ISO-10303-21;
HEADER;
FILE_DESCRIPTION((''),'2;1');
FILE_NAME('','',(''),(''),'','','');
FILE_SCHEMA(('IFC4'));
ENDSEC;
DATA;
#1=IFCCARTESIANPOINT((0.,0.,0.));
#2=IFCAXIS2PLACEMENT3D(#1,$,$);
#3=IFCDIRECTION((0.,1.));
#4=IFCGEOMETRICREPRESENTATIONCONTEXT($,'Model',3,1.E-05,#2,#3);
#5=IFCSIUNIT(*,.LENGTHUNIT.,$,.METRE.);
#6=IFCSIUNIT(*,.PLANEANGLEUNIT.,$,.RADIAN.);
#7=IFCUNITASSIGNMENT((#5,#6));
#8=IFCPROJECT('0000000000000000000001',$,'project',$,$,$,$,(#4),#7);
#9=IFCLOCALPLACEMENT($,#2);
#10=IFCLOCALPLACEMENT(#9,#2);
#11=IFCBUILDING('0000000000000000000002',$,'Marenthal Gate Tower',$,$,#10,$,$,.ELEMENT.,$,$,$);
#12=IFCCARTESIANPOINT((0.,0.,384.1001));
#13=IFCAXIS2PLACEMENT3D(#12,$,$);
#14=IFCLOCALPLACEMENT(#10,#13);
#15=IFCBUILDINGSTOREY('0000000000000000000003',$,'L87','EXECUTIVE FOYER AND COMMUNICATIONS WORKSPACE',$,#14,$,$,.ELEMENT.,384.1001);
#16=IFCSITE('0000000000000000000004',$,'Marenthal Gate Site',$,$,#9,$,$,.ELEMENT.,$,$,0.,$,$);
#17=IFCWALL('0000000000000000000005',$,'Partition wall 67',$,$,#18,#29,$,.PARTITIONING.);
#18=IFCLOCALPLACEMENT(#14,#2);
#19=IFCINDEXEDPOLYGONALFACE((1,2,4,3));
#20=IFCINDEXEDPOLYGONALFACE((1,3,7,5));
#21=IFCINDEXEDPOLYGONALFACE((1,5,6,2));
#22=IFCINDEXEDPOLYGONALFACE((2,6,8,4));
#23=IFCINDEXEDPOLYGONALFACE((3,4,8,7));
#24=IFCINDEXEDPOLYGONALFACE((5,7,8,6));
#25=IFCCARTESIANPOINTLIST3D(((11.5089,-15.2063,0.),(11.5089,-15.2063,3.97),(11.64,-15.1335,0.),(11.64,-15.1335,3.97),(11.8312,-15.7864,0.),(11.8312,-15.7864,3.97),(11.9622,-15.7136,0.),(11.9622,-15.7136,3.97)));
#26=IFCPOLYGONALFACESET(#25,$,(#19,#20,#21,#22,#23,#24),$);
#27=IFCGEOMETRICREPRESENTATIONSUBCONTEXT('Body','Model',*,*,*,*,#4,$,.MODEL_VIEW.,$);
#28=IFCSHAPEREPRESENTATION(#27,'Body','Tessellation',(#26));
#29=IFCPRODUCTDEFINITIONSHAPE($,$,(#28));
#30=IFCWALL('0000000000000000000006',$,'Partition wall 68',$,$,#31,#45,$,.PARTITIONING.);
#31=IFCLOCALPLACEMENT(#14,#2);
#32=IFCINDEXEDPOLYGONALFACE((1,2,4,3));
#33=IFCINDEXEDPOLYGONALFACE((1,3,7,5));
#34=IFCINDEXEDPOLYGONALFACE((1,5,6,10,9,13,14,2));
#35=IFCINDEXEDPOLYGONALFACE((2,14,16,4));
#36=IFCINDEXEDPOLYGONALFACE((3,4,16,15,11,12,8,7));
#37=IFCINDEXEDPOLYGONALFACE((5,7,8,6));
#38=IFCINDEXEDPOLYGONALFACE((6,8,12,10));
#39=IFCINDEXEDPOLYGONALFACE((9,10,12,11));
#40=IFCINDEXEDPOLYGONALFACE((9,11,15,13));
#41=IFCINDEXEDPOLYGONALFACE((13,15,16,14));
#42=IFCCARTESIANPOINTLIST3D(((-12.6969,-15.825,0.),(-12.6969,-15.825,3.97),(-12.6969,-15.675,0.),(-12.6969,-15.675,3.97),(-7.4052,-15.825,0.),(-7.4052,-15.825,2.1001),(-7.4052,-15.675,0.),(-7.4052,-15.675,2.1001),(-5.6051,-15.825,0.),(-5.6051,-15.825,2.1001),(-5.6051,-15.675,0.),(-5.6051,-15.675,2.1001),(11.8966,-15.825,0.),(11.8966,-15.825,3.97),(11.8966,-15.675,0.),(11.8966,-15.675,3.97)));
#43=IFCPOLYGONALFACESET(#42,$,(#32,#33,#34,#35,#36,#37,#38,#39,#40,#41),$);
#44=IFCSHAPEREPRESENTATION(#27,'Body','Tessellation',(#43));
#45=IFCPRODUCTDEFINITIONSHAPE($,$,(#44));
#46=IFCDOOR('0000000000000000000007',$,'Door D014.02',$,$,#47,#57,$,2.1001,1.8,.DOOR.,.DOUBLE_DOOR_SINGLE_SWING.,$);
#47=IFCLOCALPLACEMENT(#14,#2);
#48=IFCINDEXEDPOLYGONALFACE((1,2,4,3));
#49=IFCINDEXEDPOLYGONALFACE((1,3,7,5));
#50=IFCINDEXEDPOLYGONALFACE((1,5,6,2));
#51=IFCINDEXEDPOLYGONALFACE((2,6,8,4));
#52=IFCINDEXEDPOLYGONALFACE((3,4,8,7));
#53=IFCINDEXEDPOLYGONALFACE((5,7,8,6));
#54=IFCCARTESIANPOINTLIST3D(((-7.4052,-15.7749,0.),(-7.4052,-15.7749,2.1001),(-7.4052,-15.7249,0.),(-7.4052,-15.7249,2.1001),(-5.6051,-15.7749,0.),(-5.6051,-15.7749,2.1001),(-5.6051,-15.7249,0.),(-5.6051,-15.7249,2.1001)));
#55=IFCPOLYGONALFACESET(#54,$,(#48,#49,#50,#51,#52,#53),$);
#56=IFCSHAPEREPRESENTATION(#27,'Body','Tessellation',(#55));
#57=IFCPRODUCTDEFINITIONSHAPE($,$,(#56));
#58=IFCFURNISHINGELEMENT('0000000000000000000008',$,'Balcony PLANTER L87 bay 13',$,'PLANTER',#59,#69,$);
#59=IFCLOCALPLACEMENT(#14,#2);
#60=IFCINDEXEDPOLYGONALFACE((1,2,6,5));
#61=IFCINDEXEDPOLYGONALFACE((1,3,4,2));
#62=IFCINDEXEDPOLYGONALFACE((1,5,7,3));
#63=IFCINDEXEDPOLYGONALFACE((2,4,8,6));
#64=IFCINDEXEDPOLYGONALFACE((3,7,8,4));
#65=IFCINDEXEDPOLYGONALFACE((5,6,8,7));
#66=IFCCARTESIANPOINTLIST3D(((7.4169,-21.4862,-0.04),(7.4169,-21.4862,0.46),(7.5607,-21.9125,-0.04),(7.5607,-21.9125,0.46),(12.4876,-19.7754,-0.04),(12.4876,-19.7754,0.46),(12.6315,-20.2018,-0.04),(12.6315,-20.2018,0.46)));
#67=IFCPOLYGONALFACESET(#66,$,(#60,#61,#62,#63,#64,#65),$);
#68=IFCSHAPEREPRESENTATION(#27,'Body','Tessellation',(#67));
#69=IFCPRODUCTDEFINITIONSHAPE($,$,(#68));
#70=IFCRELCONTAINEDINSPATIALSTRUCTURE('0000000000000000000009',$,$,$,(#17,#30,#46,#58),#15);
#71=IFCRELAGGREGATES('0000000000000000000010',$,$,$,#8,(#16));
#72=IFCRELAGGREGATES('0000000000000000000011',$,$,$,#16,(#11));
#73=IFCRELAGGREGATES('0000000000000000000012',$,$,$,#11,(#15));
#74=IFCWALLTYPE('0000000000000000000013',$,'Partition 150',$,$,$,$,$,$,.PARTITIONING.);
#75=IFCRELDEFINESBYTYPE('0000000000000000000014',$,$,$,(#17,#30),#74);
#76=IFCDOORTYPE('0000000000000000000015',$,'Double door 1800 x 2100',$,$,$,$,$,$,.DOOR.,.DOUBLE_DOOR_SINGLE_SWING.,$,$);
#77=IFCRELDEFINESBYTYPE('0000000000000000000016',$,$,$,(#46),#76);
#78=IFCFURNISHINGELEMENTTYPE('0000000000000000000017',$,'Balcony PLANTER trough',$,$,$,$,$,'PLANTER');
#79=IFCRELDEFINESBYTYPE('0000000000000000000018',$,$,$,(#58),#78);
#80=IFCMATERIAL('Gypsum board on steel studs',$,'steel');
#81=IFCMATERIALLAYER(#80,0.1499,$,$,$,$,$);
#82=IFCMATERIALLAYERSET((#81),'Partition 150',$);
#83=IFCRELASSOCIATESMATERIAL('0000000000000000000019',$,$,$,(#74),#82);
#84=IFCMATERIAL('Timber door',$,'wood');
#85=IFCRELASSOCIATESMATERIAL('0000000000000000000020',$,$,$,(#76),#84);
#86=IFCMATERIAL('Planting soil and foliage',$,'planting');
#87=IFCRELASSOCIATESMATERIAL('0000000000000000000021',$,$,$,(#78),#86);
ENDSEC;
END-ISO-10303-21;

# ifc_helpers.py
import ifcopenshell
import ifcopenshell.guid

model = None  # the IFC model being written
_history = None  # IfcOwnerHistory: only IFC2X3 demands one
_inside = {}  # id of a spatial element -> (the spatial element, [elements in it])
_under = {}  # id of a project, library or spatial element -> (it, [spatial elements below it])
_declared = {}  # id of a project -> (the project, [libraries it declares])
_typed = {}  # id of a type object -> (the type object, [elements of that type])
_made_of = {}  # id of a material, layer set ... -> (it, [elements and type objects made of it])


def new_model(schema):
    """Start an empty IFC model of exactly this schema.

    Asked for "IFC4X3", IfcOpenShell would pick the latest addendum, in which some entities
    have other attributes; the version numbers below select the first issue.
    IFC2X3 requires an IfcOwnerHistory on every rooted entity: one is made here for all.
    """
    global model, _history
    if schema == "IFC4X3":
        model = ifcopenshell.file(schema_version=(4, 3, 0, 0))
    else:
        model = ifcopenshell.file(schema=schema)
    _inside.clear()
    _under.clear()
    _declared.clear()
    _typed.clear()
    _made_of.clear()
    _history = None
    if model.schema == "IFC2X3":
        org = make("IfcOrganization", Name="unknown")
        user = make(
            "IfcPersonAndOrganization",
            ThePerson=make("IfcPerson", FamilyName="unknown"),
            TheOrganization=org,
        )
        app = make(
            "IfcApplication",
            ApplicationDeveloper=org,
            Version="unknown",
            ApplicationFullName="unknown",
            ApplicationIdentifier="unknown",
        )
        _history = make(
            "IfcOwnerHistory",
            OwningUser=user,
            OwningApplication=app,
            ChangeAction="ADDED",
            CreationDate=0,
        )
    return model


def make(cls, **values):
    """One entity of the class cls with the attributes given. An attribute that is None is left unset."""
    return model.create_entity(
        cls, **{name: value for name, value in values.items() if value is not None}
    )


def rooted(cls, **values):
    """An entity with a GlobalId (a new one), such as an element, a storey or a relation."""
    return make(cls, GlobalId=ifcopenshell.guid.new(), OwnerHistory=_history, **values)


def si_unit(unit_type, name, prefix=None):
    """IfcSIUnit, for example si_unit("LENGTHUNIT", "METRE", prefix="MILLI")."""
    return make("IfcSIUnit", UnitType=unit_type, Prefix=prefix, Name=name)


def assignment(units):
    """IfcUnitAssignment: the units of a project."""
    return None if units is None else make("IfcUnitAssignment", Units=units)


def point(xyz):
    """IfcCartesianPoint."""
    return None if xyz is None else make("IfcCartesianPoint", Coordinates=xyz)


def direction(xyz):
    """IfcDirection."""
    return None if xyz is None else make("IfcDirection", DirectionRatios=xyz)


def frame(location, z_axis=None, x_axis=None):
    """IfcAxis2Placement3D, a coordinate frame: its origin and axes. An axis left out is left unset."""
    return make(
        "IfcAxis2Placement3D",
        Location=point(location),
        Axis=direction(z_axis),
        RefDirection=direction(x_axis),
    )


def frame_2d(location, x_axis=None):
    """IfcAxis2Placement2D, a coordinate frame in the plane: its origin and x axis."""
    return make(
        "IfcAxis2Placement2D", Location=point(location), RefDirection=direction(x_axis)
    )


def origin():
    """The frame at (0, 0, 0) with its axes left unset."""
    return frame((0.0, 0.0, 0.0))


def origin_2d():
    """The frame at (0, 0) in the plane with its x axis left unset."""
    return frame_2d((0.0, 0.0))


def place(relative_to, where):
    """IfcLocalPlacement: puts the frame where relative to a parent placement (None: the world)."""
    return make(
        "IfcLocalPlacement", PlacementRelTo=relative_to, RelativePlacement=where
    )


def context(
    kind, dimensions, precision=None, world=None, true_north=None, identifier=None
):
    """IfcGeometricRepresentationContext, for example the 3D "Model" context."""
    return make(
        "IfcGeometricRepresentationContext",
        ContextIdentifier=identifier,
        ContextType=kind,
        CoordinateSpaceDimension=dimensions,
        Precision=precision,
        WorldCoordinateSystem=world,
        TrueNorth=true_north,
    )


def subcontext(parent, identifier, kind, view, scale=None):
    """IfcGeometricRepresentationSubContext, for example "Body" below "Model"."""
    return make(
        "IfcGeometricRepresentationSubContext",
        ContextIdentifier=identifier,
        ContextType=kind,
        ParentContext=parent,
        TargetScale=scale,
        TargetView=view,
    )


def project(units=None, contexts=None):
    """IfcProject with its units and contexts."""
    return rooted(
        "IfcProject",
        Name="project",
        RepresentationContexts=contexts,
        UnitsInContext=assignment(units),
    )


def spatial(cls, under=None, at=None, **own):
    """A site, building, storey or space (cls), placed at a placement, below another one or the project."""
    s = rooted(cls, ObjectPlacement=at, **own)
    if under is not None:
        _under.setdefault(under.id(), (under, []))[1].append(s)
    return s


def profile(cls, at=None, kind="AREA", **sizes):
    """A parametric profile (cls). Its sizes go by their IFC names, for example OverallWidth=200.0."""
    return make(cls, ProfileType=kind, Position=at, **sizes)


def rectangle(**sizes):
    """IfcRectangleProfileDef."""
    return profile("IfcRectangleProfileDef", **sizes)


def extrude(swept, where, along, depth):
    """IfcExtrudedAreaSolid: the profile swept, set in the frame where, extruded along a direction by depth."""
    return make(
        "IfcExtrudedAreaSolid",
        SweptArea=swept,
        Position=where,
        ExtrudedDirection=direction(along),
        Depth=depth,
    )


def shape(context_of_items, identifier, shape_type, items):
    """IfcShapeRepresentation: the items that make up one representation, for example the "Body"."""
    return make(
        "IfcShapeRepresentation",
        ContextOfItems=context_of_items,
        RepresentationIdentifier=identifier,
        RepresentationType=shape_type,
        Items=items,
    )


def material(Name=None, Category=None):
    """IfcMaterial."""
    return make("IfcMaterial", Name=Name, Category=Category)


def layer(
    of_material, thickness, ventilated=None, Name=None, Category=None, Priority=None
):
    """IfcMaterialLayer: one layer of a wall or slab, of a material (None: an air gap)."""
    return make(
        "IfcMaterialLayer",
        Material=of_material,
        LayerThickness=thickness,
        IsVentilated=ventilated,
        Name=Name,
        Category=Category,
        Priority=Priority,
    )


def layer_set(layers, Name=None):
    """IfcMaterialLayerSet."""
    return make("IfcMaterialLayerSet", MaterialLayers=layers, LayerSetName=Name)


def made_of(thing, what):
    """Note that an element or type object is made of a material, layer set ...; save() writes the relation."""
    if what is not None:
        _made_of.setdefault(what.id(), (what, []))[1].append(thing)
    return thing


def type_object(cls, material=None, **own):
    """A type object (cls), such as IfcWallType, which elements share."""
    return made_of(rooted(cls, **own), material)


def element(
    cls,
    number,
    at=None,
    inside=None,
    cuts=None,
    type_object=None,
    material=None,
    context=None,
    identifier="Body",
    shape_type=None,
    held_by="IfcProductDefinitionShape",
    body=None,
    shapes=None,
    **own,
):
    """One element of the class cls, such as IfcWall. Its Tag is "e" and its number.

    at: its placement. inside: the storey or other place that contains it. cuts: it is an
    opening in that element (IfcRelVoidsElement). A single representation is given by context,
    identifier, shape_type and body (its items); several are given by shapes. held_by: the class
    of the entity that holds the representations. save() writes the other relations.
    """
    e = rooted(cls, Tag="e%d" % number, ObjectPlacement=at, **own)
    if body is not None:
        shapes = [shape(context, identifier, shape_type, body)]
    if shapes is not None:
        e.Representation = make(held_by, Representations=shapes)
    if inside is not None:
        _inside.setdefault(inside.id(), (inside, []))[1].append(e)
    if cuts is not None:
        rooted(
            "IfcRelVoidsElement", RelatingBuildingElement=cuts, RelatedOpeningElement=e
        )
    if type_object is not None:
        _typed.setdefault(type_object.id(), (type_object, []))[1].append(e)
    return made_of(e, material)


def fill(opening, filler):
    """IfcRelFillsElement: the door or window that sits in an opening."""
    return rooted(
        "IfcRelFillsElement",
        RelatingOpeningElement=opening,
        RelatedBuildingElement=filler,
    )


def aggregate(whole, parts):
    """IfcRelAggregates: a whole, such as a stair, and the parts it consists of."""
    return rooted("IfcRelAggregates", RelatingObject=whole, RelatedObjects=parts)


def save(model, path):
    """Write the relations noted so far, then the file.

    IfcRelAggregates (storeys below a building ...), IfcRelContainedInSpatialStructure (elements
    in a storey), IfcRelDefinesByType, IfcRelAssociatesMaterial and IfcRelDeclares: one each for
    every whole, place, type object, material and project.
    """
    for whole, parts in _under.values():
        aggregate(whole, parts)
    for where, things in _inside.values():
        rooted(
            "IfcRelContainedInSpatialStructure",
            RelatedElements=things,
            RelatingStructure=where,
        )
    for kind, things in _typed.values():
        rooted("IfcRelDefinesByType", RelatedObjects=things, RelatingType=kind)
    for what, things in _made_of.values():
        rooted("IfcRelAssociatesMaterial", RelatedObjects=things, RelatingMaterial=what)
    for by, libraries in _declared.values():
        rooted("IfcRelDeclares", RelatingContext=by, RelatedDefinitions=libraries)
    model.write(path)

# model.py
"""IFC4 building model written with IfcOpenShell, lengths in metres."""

from ifc_helpers import new_model, si_unit, direction, frame, frame_2d, origin, origin_2d, place, context, subcontext, project, spatial, rectangle, extrude, material, layer, layer_set, type_object, element, fill, save


model = new_model("IFC4")

# Units and contexts
model_context = context("Model", 3, precision=1e-05, world=origin(), true_north=direction((0.0, 1.0)))
body_context = subcontext(model_context, "Body", "Model", "MODEL_VIEW")
ifc_project = project(units=[si_unit("LENGTHUNIT", "METRE"), si_unit("PLANEANGLEUNIT", "RADIAN")], contexts=[model_context])

# Site, building, storey
site_placement = place(None, origin())
site = spatial("IfcSite", under=ifc_project, at=site_placement, Name="Marenthal Gate Site", CompositionType="ELEMENT", RefElevation=0.0)
building_placement = place(site_placement, origin())
building = spatial("IfcBuilding", under=site, at=building_placement, Name="Marenthal Gate Tower", CompositionType="ELEMENT")
storey_placement = place(building_placement, frame((0.0, 0.0, 384.1001)))
storey = spatial("IfcBuildingStorey", under=building, at=storey_placement, Name="L87", Description="EXECUTIVE FOYER AND COMMUNICATIONS WORKSPACE", CompositionType="ELEMENT", Elevation=384.1001)

# Wall
ifc_material_1 = material(Name="Gypsum board on steel studs", Category="steel")
ifc_layer_1 = layer(ifc_material_1, 0.1499)
ifc_layer_set_1 = layer_set([ifc_layer_1], Name="Partition 150")
wall_type_1 = type_object("IfcWallType", Name="Partition 150", PredefinedType="PARTITIONING", material=ifc_layer_set_1)
wall_1_placement = place(storey_placement, frame((11.5745, -15.1699, 0.0), z_axis=(0.0, 0.0, 1.0), x_axis=(0.485643, -0.874157, 0.0)))
element("IfcWall", 1, at=wall_1_placement, inside=storey, type_object=wall_type_1, Name="Partition wall 67", PredefinedType="PARTITIONING", context=body_context, shape_type="SweptSolid", body=[
    extrude(rectangle(XDim=0.6636, YDim=0.1499, at=frame_2d((0.3318, 0.0))), origin(), (0.0, 0.0, 1.0), 3.97),
])

# Wall, opening, door
wall_2_placement = place(storey_placement, frame((11.8967, -15.75, 0.0), z_axis=(0.0, 0.0, 1.0), x_axis=(-1.0, 0.0, 0.0)))
wall_2 = element("IfcWall", 2, at=wall_2_placement, inside=storey, type_object=wall_type_1, Name="Partition wall 68", PredefinedType="PARTITIONING", context=body_context, shape_type="SweptSolid", body=[
    extrude(rectangle(XDim=24.5935, YDim=0.1499, at=frame_2d((12.2969, 0.0))), origin(), (0.0, 0.0, 1.0), 3.97),
])
opening_1_placement = place(wall_2_placement, frame((17.502, 0.0, 0.0)))
opening_1 = element("IfcOpeningElement", 3, at=opening_1_placement, cuts=wall_2, PredefinedType="OPENING", context=body_context, shape_type="SweptSolid", body=[
    extrude(rectangle(XDim=1.8, YDim=2.1001, at=frame_2d((0.8999, 1.05))), frame((0.0, 0.085, 0.0), z_axis=(0.0, -1.0, 0.0), x_axis=(1.0, 0.0, 0.0)), (0.0, 0.0, 1.0), 0.1699),
])
ifc_material_2 = material(Name="Timber door", Category="wood")
door_type_1 = type_object("IfcDoorType", Name="Double door 1800 x 2100", OperationType="DOUBLE_DOOR_SINGLE_SWING", PredefinedType="DOOR", material=ifc_material_2)
door_1_placement = place(opening_1_placement, origin())
door_1 = element("IfcDoor", 4, at=door_1_placement, inside=storey, type_object=door_type_1, Name="Door D014.02", OperationType="DOUBLE_DOOR_SINGLE_SWING", OverallHeight=2.1001, OverallWidth=1.8, PredefinedType="DOOR", context=body_context, shape_type="SweptSolid", body=[
    extrude(rectangle(XDim=1.8, YDim=2.1001, at=frame_2d((0.8999, 1.05))), frame((0.0, 0.0249, 0.0), z_axis=(0.0, -1.0, 0.0), x_axis=(1.0, 0.0, 0.0)), (0.0, 0.0, 1.0), 0.05),
])
fill(opening_1, door_1)

# Furnishing element
ifc_material_3 = material(Name="Planting soil and foliage", Category="planting")
furnishing_element_type = type_object("IfcFurnishingElementType", Name="Balcony PLANTER trough", ElementType="PLANTER", material=ifc_material_3)
furnishing_placement = place(storey_placement, frame((10.0242, -20.844, -0.04), z_axis=(0.0, 0.0, 1.0), x_axis=(0.947527, 0.319676, 0.0)))
element("IfcFurnishingElement", 5, at=furnishing_placement, inside=storey, type_object=furnishing_element_type, Name="Balcony PLANTER L87 bay 13", ObjectType="PLANTER", context=body_context, shape_type="SweptSolid", body=[
    extrude(rectangle(XDim=5.3516, YDim=0.45, at=origin_2d()), origin(), (0.0, 0.0, 1.0), 0.5),
])

save(model, "model.ifc")
